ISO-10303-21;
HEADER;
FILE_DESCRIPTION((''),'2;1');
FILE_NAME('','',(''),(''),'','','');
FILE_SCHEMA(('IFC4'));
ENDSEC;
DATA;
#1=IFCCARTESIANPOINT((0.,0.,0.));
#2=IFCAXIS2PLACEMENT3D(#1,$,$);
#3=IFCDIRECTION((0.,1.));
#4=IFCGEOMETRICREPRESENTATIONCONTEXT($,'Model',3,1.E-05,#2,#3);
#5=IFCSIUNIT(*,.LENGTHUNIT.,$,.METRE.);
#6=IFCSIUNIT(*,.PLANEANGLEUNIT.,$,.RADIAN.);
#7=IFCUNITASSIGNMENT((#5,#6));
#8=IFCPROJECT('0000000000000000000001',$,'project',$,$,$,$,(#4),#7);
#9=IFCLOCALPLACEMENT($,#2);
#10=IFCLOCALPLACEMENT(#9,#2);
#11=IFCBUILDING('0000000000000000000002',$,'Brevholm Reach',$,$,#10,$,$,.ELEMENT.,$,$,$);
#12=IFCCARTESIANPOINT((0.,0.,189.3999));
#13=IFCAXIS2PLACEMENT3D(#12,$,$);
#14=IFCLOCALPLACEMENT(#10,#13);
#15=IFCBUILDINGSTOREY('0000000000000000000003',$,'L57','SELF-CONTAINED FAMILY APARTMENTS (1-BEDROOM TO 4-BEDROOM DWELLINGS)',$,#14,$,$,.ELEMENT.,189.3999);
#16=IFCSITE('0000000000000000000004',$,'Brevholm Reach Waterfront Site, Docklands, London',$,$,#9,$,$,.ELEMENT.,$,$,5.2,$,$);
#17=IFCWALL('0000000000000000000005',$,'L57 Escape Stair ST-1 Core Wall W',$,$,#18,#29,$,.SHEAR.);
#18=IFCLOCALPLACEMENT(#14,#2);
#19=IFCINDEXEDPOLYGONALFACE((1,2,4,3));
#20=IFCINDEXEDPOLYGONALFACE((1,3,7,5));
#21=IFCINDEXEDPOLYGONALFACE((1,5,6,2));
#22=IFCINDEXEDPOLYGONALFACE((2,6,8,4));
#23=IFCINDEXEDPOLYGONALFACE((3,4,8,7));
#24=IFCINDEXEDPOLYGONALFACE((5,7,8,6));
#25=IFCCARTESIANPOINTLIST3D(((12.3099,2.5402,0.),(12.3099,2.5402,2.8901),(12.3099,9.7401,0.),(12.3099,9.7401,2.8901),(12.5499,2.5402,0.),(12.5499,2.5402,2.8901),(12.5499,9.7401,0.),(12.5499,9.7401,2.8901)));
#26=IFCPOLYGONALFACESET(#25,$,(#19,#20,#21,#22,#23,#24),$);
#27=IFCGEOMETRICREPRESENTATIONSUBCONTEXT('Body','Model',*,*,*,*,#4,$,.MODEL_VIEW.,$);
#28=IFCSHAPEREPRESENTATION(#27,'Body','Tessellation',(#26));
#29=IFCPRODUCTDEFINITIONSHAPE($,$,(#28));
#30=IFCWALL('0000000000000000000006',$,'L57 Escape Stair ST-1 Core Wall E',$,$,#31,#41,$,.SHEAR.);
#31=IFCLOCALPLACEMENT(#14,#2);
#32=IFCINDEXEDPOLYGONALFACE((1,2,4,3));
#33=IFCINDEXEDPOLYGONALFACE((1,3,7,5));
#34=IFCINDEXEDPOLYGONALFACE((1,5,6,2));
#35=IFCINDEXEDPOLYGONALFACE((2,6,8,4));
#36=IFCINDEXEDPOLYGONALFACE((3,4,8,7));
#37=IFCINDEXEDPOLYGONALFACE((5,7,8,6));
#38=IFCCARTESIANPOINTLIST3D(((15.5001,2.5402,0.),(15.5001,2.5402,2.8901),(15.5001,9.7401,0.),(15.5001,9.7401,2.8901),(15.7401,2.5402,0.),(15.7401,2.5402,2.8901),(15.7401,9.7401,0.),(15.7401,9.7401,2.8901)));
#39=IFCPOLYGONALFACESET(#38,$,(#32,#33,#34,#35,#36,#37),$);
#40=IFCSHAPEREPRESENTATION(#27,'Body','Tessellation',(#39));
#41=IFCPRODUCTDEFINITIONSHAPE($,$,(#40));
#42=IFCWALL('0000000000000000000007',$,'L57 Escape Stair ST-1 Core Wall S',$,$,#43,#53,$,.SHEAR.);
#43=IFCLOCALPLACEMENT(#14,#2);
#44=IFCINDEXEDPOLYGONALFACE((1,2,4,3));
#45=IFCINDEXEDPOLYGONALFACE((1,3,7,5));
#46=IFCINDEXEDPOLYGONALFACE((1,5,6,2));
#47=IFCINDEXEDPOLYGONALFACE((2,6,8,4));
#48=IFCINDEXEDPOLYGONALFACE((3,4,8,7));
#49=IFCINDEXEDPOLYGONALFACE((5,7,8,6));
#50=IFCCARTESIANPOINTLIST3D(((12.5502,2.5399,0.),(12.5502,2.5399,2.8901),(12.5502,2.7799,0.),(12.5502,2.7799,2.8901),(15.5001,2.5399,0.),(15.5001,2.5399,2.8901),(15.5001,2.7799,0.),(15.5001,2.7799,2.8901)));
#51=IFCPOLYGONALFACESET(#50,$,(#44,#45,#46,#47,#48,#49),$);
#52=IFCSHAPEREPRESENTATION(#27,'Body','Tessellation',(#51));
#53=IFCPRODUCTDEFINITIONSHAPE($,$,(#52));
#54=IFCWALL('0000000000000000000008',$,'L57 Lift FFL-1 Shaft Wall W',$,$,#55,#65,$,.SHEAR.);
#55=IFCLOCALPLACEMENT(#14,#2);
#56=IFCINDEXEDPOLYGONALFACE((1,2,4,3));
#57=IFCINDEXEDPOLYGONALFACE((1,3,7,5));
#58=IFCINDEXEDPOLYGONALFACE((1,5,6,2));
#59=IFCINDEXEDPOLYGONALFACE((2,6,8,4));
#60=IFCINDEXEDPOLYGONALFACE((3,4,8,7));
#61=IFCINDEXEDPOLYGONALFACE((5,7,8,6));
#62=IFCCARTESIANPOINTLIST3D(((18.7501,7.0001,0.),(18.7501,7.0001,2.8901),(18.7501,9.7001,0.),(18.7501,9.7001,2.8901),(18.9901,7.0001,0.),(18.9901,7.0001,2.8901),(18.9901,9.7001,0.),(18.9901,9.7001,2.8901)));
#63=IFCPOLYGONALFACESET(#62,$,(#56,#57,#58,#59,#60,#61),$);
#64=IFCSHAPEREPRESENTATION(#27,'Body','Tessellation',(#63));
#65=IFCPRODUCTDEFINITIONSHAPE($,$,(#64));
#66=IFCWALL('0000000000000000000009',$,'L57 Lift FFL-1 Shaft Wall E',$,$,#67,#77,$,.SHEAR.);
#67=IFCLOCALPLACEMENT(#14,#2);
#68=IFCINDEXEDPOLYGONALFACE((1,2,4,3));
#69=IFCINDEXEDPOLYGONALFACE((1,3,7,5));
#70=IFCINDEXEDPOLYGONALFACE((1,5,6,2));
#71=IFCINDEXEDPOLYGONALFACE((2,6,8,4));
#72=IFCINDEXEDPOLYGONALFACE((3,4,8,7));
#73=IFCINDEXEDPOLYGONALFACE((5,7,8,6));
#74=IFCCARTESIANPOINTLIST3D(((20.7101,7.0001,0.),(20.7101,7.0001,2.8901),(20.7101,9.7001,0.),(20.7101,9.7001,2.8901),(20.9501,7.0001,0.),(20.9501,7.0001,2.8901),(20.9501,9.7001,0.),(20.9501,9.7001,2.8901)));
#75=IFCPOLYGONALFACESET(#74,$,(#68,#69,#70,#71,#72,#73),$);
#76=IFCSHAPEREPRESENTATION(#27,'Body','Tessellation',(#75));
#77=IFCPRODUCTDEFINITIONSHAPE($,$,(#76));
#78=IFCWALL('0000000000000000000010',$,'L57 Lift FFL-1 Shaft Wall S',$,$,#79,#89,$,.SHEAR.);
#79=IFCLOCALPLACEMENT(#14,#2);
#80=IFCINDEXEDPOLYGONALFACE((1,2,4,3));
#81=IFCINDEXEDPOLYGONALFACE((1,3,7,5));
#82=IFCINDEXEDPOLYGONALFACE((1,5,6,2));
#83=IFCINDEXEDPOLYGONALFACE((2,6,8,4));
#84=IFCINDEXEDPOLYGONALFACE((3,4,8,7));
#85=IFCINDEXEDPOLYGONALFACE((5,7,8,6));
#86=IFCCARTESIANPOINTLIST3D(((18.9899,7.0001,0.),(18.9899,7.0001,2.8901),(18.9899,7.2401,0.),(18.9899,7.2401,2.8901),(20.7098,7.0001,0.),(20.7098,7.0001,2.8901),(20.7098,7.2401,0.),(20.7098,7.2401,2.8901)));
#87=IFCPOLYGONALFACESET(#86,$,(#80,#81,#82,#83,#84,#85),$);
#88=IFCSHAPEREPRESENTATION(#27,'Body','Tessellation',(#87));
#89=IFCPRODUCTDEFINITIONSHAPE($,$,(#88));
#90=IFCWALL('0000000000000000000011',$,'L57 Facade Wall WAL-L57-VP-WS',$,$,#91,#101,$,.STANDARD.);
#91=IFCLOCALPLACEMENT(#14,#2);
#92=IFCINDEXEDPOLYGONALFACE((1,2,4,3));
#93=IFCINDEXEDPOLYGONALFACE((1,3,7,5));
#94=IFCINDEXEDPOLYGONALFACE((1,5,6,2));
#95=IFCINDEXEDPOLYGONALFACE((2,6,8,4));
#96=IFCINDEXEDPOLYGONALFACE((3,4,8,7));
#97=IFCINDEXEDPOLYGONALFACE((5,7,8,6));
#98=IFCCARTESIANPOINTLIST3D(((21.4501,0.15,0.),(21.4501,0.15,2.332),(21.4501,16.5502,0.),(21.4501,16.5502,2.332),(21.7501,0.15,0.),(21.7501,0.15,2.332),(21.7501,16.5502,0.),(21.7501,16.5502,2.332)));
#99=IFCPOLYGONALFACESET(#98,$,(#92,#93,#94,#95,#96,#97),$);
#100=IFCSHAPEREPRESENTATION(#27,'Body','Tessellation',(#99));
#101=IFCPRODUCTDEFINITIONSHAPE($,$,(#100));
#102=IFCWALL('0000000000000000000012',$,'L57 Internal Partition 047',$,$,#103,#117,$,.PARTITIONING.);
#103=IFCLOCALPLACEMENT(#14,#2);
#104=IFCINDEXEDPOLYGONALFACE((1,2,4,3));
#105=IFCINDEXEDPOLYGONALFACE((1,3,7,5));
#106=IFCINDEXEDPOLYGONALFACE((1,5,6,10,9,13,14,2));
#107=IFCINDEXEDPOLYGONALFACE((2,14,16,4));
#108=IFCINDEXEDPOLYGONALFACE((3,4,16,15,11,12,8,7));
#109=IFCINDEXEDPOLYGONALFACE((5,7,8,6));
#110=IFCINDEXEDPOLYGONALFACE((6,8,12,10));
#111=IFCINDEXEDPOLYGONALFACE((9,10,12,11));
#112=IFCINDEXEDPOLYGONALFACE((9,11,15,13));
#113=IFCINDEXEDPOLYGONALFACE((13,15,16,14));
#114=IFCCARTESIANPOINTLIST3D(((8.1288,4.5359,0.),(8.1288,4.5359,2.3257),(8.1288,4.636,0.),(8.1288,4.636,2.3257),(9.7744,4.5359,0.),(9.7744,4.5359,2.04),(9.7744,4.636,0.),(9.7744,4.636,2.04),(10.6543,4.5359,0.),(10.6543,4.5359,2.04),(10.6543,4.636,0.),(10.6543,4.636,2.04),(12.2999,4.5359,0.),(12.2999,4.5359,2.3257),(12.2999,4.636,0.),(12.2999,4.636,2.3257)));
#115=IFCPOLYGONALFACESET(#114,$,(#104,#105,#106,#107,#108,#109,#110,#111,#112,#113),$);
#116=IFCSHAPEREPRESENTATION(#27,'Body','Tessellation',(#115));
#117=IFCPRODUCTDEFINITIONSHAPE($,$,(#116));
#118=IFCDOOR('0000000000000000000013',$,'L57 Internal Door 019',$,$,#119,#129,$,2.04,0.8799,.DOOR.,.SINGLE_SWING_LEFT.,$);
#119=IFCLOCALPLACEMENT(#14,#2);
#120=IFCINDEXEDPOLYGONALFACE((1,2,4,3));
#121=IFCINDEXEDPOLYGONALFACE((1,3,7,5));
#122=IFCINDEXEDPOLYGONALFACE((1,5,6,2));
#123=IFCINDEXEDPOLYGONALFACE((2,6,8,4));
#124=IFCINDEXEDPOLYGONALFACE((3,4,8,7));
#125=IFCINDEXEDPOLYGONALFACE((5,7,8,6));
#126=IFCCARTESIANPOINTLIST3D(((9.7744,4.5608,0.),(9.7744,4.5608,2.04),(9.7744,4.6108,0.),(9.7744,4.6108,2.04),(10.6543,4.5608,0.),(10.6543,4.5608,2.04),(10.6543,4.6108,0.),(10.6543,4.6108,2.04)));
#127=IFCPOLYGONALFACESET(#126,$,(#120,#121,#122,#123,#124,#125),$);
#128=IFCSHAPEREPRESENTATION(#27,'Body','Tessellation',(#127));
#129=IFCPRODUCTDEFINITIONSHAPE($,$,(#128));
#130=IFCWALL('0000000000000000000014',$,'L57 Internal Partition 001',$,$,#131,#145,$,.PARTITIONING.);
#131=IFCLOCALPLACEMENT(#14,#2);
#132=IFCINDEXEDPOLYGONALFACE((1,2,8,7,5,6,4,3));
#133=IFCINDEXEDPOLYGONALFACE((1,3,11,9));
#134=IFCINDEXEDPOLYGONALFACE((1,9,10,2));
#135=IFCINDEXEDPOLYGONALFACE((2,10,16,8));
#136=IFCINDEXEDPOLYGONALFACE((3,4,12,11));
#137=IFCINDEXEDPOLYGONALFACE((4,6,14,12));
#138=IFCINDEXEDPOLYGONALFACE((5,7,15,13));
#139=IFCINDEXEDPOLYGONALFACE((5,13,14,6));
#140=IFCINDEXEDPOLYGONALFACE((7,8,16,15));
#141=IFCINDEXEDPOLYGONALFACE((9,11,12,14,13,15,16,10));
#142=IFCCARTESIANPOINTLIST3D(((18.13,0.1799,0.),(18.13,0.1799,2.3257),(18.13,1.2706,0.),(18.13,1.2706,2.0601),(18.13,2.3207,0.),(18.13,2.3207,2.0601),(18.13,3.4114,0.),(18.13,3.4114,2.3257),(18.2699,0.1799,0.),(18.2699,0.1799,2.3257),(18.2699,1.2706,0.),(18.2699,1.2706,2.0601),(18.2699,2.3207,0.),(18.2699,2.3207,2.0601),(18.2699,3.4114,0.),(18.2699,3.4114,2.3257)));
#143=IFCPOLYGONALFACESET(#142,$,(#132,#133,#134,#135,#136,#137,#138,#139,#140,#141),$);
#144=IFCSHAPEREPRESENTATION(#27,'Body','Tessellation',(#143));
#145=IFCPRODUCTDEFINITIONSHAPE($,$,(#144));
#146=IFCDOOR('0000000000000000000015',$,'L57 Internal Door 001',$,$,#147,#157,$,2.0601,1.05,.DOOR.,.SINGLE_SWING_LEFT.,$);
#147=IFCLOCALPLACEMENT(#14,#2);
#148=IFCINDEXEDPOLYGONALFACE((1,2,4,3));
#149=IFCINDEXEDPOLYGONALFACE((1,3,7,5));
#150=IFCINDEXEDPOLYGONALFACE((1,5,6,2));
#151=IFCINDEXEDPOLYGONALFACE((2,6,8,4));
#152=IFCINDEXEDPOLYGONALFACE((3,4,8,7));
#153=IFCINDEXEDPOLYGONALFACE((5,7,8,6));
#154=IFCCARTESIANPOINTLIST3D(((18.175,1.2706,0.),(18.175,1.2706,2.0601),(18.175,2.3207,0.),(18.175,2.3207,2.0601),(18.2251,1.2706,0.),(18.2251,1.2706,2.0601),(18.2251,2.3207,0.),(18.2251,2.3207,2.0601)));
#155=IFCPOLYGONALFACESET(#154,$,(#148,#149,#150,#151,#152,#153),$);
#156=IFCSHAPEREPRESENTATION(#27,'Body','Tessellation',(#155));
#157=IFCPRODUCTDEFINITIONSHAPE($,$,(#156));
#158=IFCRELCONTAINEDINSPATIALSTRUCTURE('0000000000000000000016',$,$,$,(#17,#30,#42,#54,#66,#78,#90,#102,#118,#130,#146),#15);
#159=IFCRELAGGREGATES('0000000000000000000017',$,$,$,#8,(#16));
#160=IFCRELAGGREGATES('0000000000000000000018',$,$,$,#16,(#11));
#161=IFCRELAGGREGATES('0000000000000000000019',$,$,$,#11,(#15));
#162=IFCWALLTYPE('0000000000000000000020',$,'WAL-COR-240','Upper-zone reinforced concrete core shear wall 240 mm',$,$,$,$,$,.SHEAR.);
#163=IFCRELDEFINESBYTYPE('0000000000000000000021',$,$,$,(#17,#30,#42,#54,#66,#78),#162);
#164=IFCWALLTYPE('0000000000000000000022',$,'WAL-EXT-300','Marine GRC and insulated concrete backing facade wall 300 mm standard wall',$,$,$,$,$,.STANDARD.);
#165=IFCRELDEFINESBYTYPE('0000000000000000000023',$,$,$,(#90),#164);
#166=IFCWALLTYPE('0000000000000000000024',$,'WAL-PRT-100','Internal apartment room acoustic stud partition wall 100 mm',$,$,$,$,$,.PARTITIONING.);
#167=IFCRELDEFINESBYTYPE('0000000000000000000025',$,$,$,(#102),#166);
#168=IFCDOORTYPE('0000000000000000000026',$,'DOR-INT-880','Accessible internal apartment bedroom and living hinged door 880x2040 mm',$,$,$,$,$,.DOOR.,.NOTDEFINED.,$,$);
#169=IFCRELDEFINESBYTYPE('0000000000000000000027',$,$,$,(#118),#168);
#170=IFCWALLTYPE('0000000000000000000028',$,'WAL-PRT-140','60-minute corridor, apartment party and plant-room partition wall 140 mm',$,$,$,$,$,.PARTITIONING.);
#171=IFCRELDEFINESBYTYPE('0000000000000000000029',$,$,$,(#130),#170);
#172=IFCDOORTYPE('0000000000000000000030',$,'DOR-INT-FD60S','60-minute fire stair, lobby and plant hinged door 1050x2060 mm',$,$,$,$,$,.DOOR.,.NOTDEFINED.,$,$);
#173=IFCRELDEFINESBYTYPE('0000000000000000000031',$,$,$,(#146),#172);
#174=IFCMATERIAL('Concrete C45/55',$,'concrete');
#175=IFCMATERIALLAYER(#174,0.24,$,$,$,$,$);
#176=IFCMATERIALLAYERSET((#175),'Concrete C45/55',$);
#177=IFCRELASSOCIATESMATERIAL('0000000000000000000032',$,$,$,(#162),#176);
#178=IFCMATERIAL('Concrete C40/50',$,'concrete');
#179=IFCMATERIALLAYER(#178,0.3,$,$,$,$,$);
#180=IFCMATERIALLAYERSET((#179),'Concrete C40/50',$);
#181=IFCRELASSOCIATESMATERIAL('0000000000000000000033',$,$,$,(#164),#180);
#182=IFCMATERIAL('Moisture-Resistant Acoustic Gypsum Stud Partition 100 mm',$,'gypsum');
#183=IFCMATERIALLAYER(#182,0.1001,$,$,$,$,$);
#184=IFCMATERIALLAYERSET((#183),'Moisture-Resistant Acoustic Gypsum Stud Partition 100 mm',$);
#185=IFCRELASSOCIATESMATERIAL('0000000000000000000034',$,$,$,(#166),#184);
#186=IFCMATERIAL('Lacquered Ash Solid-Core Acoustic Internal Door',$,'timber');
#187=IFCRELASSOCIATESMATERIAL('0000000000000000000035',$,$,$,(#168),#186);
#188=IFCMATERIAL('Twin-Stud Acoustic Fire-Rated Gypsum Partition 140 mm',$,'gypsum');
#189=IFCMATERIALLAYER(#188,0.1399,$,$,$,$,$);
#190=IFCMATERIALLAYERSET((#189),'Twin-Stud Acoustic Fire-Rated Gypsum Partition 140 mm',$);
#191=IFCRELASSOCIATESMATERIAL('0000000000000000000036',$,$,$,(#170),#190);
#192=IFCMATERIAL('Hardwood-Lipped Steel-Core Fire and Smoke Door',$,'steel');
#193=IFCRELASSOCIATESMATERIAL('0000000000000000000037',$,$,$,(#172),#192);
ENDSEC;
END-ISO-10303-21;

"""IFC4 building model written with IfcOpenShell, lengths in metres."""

from ifc_helpers import new_model, si_unit, direction, frame, frame_2d, origin, place, context, subcontext, project, spatial, rectangle, extrude, material, layer, layer_set, type_object, element, fill, save


model = new_model("IFC4")

# Units and contexts
model_context = context("Model", 3, precision=1e-05, world=origin(), true_north=direction((0.0, 1.0)))
body_context = subcontext(model_context, "Body", "Model", "MODEL_VIEW")
ifc_project = project(units=[si_unit("LENGTHUNIT", "METRE"), si_unit("PLANEANGLEUNIT", "RADIAN")], contexts=[model_context])

# Site, building, storey
site_placement = place(None, origin())
site = spatial("IfcSite", under=ifc_project, at=site_placement, Name="Brevholm Reach Waterfront Site, Docklands, London", CompositionType="ELEMENT", RefElevation=5.2)
building_placement = place(site_placement, origin())
building = spatial("IfcBuilding", under=site, at=building_placement, Name="Brevholm Reach", CompositionType="ELEMENT")
storey_placement = place(building_placement, frame((0.0, 0.0, 189.3999)))
storey = spatial("IfcBuildingStorey", under=building, at=storey_placement, Name="L57", Description="SELF-CONTAINED FAMILY APARTMENTS (1-BEDROOM TO 4-BEDROOM DWELLINGS)", CompositionType="ELEMENT", Elevation=189.3999)

# Walls
ifc_material_1 = material(Name="Concrete C45/55", Category="concrete")
ifc_layer_1 = layer(ifc_material_1, 0.24)
ifc_layer_set_1 = layer_set([ifc_layer_1], Name="Concrete C45/55")
wall_type_1 = type_object("IfcWallType", Name="WAL-COR-240", Description="Upper-zone reinforced concrete core shear wall 240 mm", PredefinedType="SHEAR", material=ifc_layer_set_1)
for number, where, z_axis, x_axis, name in (
    (1, (12.4299, 2.54, 0.0), (0.0, 0.0, 1.0), (0.0, 1.0, 0.0), "L57 Escape Stair ST-1 Core Wall W"),
    (2, (15.6201, 2.54, 0.0), (0.0, 0.0, 1.0), (0.0, 1.0, 0.0), "L57 Escape Stair ST-1 Core Wall E"),
):
    element("IfcWall", number, at=place(storey_placement, frame(where, z_axis=z_axis, x_axis=x_axis)), inside=storey, type_object=wall_type_1, Name=name, PredefinedType="SHEAR", context=body_context, shape_type="SweptSolid", body=[
        extrude(rectangle(XDim=7.2, YDim=0.24, at=frame_2d((3.6001, 0.0))), origin(), (0.0, 0.0, 1.0), 2.8901),
    ])
wall_1_placement = place(storey_placement, frame((12.55, 2.6599, 0.0), z_axis=(0.0, 0.0, 1.0), x_axis=(1.0, 0.0, 0.0)))
element("IfcWall", 3, at=wall_1_placement, inside=storey, type_object=wall_type_1, Name="L57 Escape Stair ST-1 Core Wall S", PredefinedType="SHEAR", context=body_context, shape_type="SweptSolid", body=[
    extrude(rectangle(XDim=2.95, YDim=0.24, at=frame_2d((1.4751, 0.0))), origin(), (0.0, 0.0, 1.0), 2.8901),
])
for number, where, z_axis, x_axis, name in (
    (4, (18.8701, 7.0, 0.0), (0.0, 0.0, 1.0), (0.0, 1.0, 0.0), "L57 Lift FFL-1 Shaft Wall W"),
    (5, (20.8301, 7.0, 0.0), (0.0, 0.0, 1.0), (0.0, 1.0, 0.0), "L57 Lift FFL-1 Shaft Wall E"),
):
    element("IfcWall", number, at=place(storey_placement, frame(where, z_axis=z_axis, x_axis=x_axis)), inside=storey, type_object=wall_type_1, Name=name, PredefinedType="SHEAR", context=body_context, shape_type="SweptSolid", body=[
        extrude(rectangle(XDim=2.7, YDim=0.24, at=frame_2d((1.3501, 0.0))), origin(), (0.0, 0.0, 1.0), 2.8901),
    ])
wall_2_placement = place(storey_placement, frame((18.99, 7.1201, 0.0), z_axis=(0.0, 0.0, 1.0), x_axis=(1.0, 0.0, 0.0)))
element("IfcWall", 6, at=wall_2_placement, inside=storey, type_object=wall_type_1, Name="L57 Lift FFL-1 Shaft Wall S", PredefinedType="SHEAR", context=body_context, shape_type="SweptSolid", body=[
    extrude(rectangle(XDim=1.72, YDim=0.24, at=frame_2d((0.8599, 0.0))), origin(), (0.0, 0.0, 1.0), 2.8901),
])
ifc_material_2 = material(Name="Concrete C40/50", Category="concrete")
ifc_layer_2 = layer(ifc_material_2, 0.3)
ifc_layer_set_2 = layer_set([ifc_layer_2], Name="Concrete C40/50")
wall_type_2 = type_object("IfcWallType", Name="WAL-EXT-300", Description="Marine GRC and insulated concrete backing facade wall 300 mm standard wall", PredefinedType="STANDARD", material=ifc_layer_set_2)
wall_3_placement = place(storey_placement, frame((21.6001, 0.1499, 0.0), z_axis=(0.0, 0.0, 1.0), x_axis=(0.0, 1.0, 0.0)))
element("IfcWall", 7, at=wall_3_placement, inside=storey, type_object=wall_type_2, Name="L57 Facade Wall WAL-L57-VP-WS", PredefinedType="STANDARD", context=body_context, shape_type="SweptSolid", body=[
    extrude(rectangle(XDim=16.4001, YDim=0.3, at=frame_2d((8.2002, 0.0))), origin(), (0.0, 0.0, 1.0), 2.332),
])

# Walls, openings, doors
ifc_material_3 = material(Name="Moisture-Resistant Acoustic Gypsum Stud Partition 100 mm", Category="gypsum")
ifc_layer_3 = layer(ifc_material_3, 0.1001)
ifc_layer_set_3 = layer_set([ifc_layer_3], Name="Moisture-Resistant Acoustic Gypsum Stud Partition 100 mm")
wall_type_3 = type_object("IfcWallType", Name="WAL-PRT-100", Description="Internal apartment room acoustic stud partition wall 100 mm", PredefinedType="PARTITIONING", material=ifc_layer_set_3)
wall_4_placement = place(storey_placement, frame((8.1289, 4.5859, 0.0), z_axis=(0.0, 0.0, 1.0), x_axis=(1.0, 0.0, 0.0)))
wall_4 = element("IfcWall", 8, at=wall_4_placement, inside=storey, type_object=wall_type_3, Name="L57 Internal Partition 047", PredefinedType="PARTITIONING", context=body_context, shape_type="SweptSolid", body=[
    extrude(rectangle(XDim=4.1711, YDim=0.1001, at=frame_2d((2.0854, 0.0))), origin(), (0.0, 0.0, 1.0), 2.3257),
])
opening_1_placement = place(wall_4_placement, frame((1.6455, 0.0, 0.0)))
opening_1 = element("IfcOpeningElement", 9, at=opening_1_placement, cuts=wall_4, PredefinedType="OPENING", context=body_context, shape_type="SweptSolid", body=[
    extrude(rectangle(XDim=0.8799, YDim=2.04, at=frame_2d((0.4399, 1.02))), frame((0.0, 0.0601, 0.0), z_axis=(0.0, -1.0, 0.0), x_axis=(1.0, 0.0, 0.0)), (0.0, 0.0, 1.0), 0.1201),
])
ifc_material_4 = material(Name="Lacquered Ash Solid-Core Acoustic Internal Door", Category="timber")
door_type_1 = type_object("IfcDoorType", Name="DOR-INT-880", Description="Accessible internal apartment bedroom and living hinged door 880x2040 mm", OperationType="NOTDEFINED", PredefinedType="DOOR", material=ifc_material_4)
door_1_placement = place(opening_1_placement, origin())
door_1 = element("IfcDoor", 10, at=door_1_placement, inside=storey, type_object=door_type_1, Name="L57 Internal Door 019", OperationType="SINGLE_SWING_LEFT", OverallHeight=2.04, OverallWidth=0.8799, PredefinedType="DOOR", context=body_context, shape_type="SweptSolid", body=[
    extrude(rectangle(XDim=0.8799, YDim=2.04, at=frame_2d((0.4399, 1.02))), frame((0.0, 0.0249, 0.0), z_axis=(0.0, -1.0, 0.0), x_axis=(1.0, 0.0, 0.0)), (0.0, 0.0, 1.0), 0.05),
])
fill(opening_1, door_1)
ifc_material_5 = material(Name="Twin-Stud Acoustic Fire-Rated Gypsum Partition 140 mm", Category="gypsum")
ifc_layer_4 = layer(ifc_material_5, 0.1399)
ifc_layer_set_4 = layer_set([ifc_layer_4], Name="Twin-Stud Acoustic Fire-Rated Gypsum Partition 140 mm")
wall_type_4 = type_object("IfcWallType", Name="WAL-PRT-140", Description="60-minute corridor, apartment party and plant-room partition wall 140 mm", PredefinedType="PARTITIONING", material=ifc_layer_set_4)
wall_5_placement = place(storey_placement, frame((18.2, 0.1799, 0.0), z_axis=(0.0, 0.0, 1.0), x_axis=(0.0, 1.0, 0.0)))
wall_5 = element("IfcWall", 11, at=wall_5_placement, inside=storey, type_object=wall_type_4, Name="L57 Internal Partition 001", PredefinedType="PARTITIONING", context=body_context, shape_type="SweptSolid", body=[
    extrude(rectangle(XDim=3.2314, YDim=0.1399, at=frame_2d((1.6157, 0.0))), origin(), (0.0, 0.0, 1.0), 2.3257),
])
opening_2_placement = place(wall_5_placement, frame((1.0908, 0.0, 0.0)))
opening_2 = element("IfcOpeningElement", 12, at=opening_2_placement, cuts=wall_5, PredefinedType="OPENING", context=body_context, shape_type="SweptSolid", body=[
    extrude(rectangle(XDim=1.05, YDim=2.0601, at=frame_2d((0.5249, 1.03))), frame((0.0, 0.0798, 0.0), z_axis=(0.0, -1.0, 0.0), x_axis=(1.0, 0.0, 0.0)), (0.0, 0.0, 1.0), 0.1599),
])
ifc_material_6 = material(Name="Hardwood-Lipped Steel-Core Fire and Smoke Door", Category="steel")
door_type_2 = type_object("IfcDoorType", Name="DOR-INT-FD60S", Description="60-minute fire stair, lobby and plant hinged door 1050x2060 mm", OperationType="NOTDEFINED", PredefinedType="DOOR", material=ifc_material_6)
door_2_placement = place(opening_2_placement, origin())
door_2 = element("IfcDoor", 13, at=door_2_placement, inside=storey, type_object=door_type_2, Name="L57 Internal Door 001", OperationType="SINGLE_SWING_LEFT", OverallHeight=2.0601, OverallWidth=1.05, PredefinedType="DOOR", context=body_context, shape_type="SweptSolid", body=[
    extrude(rectangle(XDim=1.05, YDim=2.0601, at=frame_2d((0.5249, 1.03))), frame((0.0, 0.0249, 0.0), z_axis=(0.0, -1.0, 0.0), x_axis=(1.0, 0.0, 0.0)), (0.0, 0.0, 1.0), 0.05),
])
fill(opening_2, door_2)

save(model, "model.ifc")
